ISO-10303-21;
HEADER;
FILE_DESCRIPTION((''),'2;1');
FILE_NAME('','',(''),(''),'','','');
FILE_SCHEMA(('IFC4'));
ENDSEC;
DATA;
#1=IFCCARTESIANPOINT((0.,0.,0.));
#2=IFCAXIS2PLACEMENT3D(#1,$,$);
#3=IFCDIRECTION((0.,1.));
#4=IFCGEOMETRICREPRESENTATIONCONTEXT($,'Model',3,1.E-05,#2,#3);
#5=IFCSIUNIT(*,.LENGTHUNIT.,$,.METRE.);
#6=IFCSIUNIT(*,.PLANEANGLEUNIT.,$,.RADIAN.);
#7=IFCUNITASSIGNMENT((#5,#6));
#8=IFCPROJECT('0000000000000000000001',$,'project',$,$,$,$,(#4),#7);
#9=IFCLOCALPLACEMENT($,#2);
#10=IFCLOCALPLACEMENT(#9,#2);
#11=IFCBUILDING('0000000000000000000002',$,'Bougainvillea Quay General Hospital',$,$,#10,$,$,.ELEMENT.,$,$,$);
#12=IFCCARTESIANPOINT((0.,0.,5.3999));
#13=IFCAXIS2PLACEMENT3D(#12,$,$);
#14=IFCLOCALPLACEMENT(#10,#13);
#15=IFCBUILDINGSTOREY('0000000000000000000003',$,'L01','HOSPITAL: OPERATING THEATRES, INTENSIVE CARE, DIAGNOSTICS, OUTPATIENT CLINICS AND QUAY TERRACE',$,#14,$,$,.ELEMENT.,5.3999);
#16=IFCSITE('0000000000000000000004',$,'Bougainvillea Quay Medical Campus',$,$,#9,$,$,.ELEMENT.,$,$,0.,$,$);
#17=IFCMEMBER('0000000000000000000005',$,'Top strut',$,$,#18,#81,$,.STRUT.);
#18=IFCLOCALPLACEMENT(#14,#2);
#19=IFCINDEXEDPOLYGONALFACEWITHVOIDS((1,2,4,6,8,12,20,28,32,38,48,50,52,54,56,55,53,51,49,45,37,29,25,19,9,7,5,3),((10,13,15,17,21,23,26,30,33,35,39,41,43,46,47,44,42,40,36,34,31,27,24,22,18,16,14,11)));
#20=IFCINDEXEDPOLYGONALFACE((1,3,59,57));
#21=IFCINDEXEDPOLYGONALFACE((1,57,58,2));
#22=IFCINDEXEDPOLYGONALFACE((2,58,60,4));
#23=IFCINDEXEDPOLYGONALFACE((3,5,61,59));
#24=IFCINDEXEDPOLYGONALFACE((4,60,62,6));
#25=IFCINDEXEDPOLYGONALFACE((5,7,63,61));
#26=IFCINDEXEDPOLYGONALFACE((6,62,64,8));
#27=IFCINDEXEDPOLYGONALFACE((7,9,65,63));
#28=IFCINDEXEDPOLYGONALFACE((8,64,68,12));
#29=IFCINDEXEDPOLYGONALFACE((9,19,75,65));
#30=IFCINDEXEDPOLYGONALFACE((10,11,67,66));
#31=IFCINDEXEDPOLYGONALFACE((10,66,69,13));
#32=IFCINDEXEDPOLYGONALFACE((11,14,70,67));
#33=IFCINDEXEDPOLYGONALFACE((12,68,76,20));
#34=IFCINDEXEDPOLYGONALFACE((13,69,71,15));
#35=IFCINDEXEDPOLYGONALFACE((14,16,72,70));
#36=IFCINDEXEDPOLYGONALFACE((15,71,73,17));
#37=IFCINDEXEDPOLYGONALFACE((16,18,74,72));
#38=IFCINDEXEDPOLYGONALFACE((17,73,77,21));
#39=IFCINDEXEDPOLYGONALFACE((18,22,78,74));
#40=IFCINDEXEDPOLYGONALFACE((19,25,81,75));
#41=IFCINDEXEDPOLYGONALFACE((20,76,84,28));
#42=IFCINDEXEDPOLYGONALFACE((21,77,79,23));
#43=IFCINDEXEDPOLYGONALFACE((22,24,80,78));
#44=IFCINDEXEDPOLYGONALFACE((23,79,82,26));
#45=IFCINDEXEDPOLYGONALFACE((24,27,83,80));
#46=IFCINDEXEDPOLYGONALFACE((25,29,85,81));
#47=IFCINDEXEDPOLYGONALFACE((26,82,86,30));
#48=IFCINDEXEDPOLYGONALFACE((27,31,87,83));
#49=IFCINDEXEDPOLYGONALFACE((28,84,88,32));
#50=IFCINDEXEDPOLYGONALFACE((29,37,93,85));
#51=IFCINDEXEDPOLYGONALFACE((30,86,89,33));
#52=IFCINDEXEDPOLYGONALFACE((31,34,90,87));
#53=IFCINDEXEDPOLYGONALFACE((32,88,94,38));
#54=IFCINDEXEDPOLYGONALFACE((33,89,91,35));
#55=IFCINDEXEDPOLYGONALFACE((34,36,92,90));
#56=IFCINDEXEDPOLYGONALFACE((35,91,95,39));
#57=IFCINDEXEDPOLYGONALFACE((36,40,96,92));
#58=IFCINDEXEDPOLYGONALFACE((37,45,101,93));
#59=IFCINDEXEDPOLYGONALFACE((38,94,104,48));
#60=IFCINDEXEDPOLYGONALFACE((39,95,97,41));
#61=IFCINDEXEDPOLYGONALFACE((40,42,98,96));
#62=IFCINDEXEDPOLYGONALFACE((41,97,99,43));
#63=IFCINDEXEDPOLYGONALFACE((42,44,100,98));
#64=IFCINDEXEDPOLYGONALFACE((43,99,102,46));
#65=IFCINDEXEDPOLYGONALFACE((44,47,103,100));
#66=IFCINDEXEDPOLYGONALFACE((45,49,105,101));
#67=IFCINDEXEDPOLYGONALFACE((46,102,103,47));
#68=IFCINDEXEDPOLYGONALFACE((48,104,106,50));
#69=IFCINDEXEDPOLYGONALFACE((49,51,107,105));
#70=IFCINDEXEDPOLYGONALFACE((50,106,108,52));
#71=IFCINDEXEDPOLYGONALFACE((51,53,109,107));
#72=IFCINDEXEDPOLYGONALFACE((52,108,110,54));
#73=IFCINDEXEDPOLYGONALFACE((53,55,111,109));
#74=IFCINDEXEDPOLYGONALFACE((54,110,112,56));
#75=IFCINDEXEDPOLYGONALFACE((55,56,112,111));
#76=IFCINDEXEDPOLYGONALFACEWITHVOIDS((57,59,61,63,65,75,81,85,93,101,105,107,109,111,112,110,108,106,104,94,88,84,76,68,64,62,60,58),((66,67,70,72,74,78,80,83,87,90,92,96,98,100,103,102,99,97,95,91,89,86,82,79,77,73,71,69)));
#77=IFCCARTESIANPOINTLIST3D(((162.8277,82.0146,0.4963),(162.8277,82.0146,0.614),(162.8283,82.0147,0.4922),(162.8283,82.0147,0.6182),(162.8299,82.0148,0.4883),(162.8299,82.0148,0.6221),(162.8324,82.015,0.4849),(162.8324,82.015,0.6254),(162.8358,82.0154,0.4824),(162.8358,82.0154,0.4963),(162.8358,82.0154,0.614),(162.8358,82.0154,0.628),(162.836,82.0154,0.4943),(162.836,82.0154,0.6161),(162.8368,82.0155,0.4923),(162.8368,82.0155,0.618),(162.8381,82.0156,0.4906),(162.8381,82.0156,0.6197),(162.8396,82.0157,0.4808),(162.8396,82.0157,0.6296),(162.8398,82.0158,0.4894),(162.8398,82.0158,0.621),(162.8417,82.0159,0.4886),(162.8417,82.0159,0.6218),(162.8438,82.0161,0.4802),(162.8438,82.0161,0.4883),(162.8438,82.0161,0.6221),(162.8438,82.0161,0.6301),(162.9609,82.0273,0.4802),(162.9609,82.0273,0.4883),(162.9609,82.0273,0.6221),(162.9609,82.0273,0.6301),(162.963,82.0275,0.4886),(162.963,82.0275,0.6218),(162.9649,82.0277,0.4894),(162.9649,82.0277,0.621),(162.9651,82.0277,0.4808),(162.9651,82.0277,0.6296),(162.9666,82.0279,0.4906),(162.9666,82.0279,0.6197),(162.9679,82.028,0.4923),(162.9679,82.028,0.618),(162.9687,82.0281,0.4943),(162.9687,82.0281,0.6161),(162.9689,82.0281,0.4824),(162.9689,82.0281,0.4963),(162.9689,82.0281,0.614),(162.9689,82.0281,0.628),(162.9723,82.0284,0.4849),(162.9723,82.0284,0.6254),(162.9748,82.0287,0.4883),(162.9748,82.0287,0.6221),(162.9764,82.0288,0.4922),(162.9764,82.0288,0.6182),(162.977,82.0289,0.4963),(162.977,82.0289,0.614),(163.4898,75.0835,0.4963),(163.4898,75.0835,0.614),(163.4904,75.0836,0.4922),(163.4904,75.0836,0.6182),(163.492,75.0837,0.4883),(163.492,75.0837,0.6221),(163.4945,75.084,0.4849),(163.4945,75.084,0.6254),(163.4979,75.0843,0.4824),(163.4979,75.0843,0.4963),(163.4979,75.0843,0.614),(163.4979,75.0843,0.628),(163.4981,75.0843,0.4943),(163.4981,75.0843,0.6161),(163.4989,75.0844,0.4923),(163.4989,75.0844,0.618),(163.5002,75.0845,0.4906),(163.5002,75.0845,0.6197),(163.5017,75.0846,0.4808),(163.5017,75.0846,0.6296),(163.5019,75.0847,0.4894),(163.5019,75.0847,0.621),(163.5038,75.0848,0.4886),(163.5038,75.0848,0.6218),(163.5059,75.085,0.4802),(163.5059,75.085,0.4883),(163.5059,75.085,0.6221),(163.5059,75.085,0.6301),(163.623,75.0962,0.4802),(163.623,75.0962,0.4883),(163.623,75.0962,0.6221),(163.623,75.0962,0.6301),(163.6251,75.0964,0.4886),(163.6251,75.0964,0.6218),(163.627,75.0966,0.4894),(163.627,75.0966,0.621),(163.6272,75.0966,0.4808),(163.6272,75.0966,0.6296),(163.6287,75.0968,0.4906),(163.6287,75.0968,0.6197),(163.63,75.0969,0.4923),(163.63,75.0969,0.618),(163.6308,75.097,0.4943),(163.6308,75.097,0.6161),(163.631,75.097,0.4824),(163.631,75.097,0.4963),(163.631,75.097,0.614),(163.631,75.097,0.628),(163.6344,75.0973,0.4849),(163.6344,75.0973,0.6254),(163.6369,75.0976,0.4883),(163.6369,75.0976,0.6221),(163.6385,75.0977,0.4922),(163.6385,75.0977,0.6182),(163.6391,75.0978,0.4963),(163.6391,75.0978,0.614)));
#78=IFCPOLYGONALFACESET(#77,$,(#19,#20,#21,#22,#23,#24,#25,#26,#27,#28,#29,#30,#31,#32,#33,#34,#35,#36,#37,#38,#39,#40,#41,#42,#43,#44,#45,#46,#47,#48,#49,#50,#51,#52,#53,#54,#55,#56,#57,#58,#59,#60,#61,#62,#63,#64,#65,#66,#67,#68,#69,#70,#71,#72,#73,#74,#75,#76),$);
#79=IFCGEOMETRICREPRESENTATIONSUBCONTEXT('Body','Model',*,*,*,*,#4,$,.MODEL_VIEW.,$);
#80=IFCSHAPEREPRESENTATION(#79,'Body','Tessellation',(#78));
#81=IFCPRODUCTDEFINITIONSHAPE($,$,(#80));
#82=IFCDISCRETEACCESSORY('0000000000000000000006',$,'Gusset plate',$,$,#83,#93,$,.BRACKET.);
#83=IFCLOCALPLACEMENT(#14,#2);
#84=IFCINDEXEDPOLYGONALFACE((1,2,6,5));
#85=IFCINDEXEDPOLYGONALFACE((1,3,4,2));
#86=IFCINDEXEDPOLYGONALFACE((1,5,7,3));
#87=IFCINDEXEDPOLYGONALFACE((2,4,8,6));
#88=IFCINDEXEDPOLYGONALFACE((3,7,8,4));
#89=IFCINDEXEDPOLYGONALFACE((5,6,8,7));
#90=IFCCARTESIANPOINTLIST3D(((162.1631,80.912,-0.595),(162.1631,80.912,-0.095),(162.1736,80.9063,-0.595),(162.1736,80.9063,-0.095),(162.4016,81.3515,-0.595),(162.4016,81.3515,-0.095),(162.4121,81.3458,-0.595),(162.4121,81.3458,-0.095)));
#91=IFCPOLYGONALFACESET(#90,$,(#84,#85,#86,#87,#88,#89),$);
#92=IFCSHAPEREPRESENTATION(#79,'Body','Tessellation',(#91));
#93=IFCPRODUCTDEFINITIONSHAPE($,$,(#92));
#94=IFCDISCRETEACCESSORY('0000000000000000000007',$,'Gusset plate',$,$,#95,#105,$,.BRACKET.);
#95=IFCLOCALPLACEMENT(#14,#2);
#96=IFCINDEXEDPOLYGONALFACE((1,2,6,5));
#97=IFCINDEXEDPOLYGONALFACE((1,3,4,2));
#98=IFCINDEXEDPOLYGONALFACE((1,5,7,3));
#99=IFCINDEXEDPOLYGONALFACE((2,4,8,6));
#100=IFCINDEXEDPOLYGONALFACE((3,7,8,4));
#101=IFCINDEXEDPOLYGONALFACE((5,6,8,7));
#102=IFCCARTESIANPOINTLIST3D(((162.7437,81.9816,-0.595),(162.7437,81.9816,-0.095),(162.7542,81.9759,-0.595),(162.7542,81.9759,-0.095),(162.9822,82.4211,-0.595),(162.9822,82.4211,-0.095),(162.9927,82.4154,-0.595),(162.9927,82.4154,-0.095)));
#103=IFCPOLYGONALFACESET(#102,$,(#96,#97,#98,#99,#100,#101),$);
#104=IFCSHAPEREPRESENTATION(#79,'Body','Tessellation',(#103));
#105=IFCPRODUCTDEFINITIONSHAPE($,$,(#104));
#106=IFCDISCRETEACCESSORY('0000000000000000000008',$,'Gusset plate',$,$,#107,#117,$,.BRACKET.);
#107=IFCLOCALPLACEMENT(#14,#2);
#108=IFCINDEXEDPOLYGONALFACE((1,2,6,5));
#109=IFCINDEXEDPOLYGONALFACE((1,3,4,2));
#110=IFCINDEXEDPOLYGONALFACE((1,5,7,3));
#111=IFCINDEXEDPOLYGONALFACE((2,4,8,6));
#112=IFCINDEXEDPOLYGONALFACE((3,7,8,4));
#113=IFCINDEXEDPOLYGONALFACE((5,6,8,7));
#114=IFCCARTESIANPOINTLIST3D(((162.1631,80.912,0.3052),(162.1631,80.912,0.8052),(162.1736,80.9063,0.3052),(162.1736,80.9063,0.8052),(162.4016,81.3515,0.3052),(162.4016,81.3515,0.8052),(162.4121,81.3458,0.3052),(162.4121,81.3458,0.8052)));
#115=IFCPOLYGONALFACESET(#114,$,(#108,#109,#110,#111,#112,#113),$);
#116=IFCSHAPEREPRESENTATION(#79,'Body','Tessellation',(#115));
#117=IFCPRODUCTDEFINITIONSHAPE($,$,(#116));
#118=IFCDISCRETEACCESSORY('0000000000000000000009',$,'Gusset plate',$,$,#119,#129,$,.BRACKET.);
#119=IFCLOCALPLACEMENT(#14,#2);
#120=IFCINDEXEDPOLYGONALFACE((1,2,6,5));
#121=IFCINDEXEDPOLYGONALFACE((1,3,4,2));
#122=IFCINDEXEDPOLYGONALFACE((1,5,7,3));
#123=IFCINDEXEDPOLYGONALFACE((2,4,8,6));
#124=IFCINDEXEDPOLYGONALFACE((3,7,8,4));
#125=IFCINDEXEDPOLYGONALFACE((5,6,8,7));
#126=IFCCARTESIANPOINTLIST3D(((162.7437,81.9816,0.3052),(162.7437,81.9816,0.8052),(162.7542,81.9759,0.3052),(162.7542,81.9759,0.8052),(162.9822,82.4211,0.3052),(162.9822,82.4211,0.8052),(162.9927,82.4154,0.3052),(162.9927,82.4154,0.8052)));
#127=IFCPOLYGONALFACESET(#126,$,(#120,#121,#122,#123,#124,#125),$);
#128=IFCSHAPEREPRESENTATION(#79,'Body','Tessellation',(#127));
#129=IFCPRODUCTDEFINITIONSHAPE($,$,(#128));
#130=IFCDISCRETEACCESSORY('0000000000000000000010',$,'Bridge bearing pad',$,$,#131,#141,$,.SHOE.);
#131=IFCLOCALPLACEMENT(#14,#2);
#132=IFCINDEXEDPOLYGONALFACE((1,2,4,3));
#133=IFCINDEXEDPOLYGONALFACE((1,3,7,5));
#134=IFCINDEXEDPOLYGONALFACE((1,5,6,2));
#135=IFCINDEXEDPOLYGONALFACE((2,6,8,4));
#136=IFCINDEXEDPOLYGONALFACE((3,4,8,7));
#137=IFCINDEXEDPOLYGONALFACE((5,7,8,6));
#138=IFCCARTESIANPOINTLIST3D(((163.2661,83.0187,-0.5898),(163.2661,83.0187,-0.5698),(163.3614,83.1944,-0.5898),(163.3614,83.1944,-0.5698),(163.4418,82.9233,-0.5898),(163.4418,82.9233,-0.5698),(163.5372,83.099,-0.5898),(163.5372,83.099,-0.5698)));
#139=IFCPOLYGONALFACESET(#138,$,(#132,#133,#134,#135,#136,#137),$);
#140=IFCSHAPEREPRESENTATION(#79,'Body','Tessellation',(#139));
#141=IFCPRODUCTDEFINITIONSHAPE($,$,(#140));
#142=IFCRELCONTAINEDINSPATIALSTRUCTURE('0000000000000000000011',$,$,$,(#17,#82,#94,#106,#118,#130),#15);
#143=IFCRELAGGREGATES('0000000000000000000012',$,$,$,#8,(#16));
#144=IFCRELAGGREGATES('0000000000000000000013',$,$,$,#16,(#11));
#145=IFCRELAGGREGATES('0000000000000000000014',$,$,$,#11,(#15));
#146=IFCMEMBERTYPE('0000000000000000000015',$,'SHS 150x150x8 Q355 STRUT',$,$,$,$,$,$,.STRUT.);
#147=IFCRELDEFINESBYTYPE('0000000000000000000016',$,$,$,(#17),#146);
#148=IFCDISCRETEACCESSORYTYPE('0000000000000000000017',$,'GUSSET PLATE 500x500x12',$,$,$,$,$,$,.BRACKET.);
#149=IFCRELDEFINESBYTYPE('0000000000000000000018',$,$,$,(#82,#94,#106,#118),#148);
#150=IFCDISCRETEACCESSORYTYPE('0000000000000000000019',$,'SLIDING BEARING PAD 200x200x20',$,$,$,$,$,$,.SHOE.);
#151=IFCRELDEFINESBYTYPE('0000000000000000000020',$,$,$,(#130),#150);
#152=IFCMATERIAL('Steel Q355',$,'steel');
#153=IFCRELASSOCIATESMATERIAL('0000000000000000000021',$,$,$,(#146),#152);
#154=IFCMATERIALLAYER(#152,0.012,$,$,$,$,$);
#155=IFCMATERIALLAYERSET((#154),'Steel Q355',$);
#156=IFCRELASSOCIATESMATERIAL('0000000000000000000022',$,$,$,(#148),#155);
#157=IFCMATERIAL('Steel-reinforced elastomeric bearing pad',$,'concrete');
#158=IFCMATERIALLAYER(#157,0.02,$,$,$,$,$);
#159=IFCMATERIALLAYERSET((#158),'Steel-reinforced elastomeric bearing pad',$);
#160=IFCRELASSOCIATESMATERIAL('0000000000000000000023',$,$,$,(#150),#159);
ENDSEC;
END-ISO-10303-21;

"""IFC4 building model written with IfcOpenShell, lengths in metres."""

from ifc_helpers import new_model, si_unit, direction, frame, origin, origin_2d, place, context, subcontext, project, spatial, rectangle, hollow_rectangle, extrude, material, layer, layer_set, material_profile, profile_set, type_object, element, save


model = new_model("IFC4")

# Units and contexts
model_context = context("Model", 3, precision=1e-05, world=origin(), true_north=direction((0.0, 1.0)))
body_context = subcontext(model_context, "Body", "Model", "MODEL_VIEW")
ifc_project = project(units=[si_unit("LENGTHUNIT", "METRE"), si_unit("PLANEANGLEUNIT", "RADIAN")], contexts=[model_context])

# Site, building, storey
site_placement = place(None, origin())
site = spatial("IfcSite", under=ifc_project, at=site_placement, Name="Bougainvillea Quay Medical Campus", CompositionType="ELEMENT", RefElevation=0.0)
building_placement = place(site_placement, origin())
building = spatial("IfcBuilding", under=site, at=building_placement, Name="Bougainvillea Quay General Hospital", CompositionType="ELEMENT")
storey_placement = place(building_placement, frame((0.0, 0.0, 5.3999)))
storey = spatial("IfcBuildingStorey", under=building, at=storey_placement, Name="L01", Description="HOSPITAL: OPERATING THEATRES, INTENSIVE CARE, DIAGNOSTICS, OUTPATIENT CLINICS AND QUAY TERRACE", CompositionType="ELEMENT", Elevation=5.3999)

# Member
ifc_material_1 = material(Name="Steel Q355", Category="steel")
ifc_material_profile_1 = material_profile(ifc_material_1, hollow_rectangle(XDim=0.1499, YDim=0.1499, WallThickness=0.0081, InnerFilletRadius=0.0081, OuterFilletRadius=0.0161, at=origin_2d()))
ifc_profile_set_1 = profile_set([ifc_material_profile_1], Name="Steel Q355")
member_type_1 = type_object("IfcMemberType", Name="SHS 150x150x8 Q355 STRUT", PredefinedType="STRUT", material=ifc_profile_set_1)
member_1_placement = place(storey_placement, frame((162.9023, 82.0217, 0.5552), z_axis=(0.095094, -0.995468, 0.0), x_axis=(0.995468, 0.095094, 0.0)))
element("IfcMember", 1, at=member_1_placement, inside=storey, type_object=member_type_1, Name="Top strut", PredefinedType="STRUT", context=body_context, shape_type="SweptSolid", body=[
    extrude(hollow_rectangle(XDim=0.1499, YDim=0.1499, WallThickness=0.0081, InnerFilletRadius=0.0081, OuterFilletRadius=0.0161, at=origin_2d()), origin(), (0.0, 0.0, 1.0), 6.9626),
])

# Discrete accessories
ifc_layer_1 = layer(ifc_material_1, 0.012)
ifc_layer_set_1 = layer_set([ifc_layer_1], Name="Steel Q355")
discrete_accessory_type_1 = type_object("IfcDiscreteAccessoryType", Name="GUSSET PLATE 500x500x12", PredefinedType="BRACKET", material=ifc_layer_set_1)
for number, where, z_axis, x_axis, name in (
    (2, (162.2876, 81.1289, -0.595), (0.0, 0.0, 1.0), (0.477018, 0.878894, 0.0), "Gusset plate"),
    (3, (162.8682, 82.1985, -0.595), (0.0, 0.0, 1.0), (0.477018, 0.878894, 0.0), "Gusset plate"),
    (4, (162.2876, 81.1289, 0.3052), (0.0, 0.0, 1.0), (0.477018, 0.878894, 0.0), "Gusset plate"),
    (5, (162.8682, 82.1985, 0.3052), (0.0, 0.0, 1.0), (0.477018, 0.878894, 0.0), "Gusset plate"),
):
    element("IfcDiscreteAccessory", number, at=place(storey_placement, frame(where, z_axis=z_axis, x_axis=x_axis)), inside=storey, type_object=discrete_accessory_type_1, Name=name, PredefinedType="BRACKET", context=body_context, shape_type="SweptSolid", body=[
        extrude(rectangle(XDim=0.5, YDim=0.012, at=origin_2d()), origin(), (0.0, 0.0, 1.0), 0.5),
    ])
ifc_material_2 = material(Name="Steel-reinforced elastomeric bearing pad", Category="concrete")
ifc_layer_2 = layer(ifc_material_2, 0.02)
ifc_layer_set_2 = layer_set([ifc_layer_2], Name="Steel-reinforced elastomeric bearing pad")
discrete_accessory_type_2 = type_object("IfcDiscreteAccessoryType", Name="SLIDING BEARING PAD 200x200x20", PredefinedType="SHOE", material=ifc_layer_set_2)
discrete_accessory_placement = place(storey_placement, frame((163.4016, 83.0588, -0.5898), z_axis=(0.0, 0.0, 1.0), x_axis=(-0.477018, -0.878894, 0.0)))
element("IfcDiscreteAccessory", 6, at=discrete_accessory_placement, inside=storey, type_object=discrete_accessory_type_2, Name="Bridge bearing pad", PredefinedType="SHOE", context=body_context, shape_type="SweptSolid", body=[
    extrude(rectangle(XDim=0.2, YDim=0.2, at=origin_2d()), origin(), (0.0, 0.0, 1.0), 0.02),
])

save(model, "model.ifc")
